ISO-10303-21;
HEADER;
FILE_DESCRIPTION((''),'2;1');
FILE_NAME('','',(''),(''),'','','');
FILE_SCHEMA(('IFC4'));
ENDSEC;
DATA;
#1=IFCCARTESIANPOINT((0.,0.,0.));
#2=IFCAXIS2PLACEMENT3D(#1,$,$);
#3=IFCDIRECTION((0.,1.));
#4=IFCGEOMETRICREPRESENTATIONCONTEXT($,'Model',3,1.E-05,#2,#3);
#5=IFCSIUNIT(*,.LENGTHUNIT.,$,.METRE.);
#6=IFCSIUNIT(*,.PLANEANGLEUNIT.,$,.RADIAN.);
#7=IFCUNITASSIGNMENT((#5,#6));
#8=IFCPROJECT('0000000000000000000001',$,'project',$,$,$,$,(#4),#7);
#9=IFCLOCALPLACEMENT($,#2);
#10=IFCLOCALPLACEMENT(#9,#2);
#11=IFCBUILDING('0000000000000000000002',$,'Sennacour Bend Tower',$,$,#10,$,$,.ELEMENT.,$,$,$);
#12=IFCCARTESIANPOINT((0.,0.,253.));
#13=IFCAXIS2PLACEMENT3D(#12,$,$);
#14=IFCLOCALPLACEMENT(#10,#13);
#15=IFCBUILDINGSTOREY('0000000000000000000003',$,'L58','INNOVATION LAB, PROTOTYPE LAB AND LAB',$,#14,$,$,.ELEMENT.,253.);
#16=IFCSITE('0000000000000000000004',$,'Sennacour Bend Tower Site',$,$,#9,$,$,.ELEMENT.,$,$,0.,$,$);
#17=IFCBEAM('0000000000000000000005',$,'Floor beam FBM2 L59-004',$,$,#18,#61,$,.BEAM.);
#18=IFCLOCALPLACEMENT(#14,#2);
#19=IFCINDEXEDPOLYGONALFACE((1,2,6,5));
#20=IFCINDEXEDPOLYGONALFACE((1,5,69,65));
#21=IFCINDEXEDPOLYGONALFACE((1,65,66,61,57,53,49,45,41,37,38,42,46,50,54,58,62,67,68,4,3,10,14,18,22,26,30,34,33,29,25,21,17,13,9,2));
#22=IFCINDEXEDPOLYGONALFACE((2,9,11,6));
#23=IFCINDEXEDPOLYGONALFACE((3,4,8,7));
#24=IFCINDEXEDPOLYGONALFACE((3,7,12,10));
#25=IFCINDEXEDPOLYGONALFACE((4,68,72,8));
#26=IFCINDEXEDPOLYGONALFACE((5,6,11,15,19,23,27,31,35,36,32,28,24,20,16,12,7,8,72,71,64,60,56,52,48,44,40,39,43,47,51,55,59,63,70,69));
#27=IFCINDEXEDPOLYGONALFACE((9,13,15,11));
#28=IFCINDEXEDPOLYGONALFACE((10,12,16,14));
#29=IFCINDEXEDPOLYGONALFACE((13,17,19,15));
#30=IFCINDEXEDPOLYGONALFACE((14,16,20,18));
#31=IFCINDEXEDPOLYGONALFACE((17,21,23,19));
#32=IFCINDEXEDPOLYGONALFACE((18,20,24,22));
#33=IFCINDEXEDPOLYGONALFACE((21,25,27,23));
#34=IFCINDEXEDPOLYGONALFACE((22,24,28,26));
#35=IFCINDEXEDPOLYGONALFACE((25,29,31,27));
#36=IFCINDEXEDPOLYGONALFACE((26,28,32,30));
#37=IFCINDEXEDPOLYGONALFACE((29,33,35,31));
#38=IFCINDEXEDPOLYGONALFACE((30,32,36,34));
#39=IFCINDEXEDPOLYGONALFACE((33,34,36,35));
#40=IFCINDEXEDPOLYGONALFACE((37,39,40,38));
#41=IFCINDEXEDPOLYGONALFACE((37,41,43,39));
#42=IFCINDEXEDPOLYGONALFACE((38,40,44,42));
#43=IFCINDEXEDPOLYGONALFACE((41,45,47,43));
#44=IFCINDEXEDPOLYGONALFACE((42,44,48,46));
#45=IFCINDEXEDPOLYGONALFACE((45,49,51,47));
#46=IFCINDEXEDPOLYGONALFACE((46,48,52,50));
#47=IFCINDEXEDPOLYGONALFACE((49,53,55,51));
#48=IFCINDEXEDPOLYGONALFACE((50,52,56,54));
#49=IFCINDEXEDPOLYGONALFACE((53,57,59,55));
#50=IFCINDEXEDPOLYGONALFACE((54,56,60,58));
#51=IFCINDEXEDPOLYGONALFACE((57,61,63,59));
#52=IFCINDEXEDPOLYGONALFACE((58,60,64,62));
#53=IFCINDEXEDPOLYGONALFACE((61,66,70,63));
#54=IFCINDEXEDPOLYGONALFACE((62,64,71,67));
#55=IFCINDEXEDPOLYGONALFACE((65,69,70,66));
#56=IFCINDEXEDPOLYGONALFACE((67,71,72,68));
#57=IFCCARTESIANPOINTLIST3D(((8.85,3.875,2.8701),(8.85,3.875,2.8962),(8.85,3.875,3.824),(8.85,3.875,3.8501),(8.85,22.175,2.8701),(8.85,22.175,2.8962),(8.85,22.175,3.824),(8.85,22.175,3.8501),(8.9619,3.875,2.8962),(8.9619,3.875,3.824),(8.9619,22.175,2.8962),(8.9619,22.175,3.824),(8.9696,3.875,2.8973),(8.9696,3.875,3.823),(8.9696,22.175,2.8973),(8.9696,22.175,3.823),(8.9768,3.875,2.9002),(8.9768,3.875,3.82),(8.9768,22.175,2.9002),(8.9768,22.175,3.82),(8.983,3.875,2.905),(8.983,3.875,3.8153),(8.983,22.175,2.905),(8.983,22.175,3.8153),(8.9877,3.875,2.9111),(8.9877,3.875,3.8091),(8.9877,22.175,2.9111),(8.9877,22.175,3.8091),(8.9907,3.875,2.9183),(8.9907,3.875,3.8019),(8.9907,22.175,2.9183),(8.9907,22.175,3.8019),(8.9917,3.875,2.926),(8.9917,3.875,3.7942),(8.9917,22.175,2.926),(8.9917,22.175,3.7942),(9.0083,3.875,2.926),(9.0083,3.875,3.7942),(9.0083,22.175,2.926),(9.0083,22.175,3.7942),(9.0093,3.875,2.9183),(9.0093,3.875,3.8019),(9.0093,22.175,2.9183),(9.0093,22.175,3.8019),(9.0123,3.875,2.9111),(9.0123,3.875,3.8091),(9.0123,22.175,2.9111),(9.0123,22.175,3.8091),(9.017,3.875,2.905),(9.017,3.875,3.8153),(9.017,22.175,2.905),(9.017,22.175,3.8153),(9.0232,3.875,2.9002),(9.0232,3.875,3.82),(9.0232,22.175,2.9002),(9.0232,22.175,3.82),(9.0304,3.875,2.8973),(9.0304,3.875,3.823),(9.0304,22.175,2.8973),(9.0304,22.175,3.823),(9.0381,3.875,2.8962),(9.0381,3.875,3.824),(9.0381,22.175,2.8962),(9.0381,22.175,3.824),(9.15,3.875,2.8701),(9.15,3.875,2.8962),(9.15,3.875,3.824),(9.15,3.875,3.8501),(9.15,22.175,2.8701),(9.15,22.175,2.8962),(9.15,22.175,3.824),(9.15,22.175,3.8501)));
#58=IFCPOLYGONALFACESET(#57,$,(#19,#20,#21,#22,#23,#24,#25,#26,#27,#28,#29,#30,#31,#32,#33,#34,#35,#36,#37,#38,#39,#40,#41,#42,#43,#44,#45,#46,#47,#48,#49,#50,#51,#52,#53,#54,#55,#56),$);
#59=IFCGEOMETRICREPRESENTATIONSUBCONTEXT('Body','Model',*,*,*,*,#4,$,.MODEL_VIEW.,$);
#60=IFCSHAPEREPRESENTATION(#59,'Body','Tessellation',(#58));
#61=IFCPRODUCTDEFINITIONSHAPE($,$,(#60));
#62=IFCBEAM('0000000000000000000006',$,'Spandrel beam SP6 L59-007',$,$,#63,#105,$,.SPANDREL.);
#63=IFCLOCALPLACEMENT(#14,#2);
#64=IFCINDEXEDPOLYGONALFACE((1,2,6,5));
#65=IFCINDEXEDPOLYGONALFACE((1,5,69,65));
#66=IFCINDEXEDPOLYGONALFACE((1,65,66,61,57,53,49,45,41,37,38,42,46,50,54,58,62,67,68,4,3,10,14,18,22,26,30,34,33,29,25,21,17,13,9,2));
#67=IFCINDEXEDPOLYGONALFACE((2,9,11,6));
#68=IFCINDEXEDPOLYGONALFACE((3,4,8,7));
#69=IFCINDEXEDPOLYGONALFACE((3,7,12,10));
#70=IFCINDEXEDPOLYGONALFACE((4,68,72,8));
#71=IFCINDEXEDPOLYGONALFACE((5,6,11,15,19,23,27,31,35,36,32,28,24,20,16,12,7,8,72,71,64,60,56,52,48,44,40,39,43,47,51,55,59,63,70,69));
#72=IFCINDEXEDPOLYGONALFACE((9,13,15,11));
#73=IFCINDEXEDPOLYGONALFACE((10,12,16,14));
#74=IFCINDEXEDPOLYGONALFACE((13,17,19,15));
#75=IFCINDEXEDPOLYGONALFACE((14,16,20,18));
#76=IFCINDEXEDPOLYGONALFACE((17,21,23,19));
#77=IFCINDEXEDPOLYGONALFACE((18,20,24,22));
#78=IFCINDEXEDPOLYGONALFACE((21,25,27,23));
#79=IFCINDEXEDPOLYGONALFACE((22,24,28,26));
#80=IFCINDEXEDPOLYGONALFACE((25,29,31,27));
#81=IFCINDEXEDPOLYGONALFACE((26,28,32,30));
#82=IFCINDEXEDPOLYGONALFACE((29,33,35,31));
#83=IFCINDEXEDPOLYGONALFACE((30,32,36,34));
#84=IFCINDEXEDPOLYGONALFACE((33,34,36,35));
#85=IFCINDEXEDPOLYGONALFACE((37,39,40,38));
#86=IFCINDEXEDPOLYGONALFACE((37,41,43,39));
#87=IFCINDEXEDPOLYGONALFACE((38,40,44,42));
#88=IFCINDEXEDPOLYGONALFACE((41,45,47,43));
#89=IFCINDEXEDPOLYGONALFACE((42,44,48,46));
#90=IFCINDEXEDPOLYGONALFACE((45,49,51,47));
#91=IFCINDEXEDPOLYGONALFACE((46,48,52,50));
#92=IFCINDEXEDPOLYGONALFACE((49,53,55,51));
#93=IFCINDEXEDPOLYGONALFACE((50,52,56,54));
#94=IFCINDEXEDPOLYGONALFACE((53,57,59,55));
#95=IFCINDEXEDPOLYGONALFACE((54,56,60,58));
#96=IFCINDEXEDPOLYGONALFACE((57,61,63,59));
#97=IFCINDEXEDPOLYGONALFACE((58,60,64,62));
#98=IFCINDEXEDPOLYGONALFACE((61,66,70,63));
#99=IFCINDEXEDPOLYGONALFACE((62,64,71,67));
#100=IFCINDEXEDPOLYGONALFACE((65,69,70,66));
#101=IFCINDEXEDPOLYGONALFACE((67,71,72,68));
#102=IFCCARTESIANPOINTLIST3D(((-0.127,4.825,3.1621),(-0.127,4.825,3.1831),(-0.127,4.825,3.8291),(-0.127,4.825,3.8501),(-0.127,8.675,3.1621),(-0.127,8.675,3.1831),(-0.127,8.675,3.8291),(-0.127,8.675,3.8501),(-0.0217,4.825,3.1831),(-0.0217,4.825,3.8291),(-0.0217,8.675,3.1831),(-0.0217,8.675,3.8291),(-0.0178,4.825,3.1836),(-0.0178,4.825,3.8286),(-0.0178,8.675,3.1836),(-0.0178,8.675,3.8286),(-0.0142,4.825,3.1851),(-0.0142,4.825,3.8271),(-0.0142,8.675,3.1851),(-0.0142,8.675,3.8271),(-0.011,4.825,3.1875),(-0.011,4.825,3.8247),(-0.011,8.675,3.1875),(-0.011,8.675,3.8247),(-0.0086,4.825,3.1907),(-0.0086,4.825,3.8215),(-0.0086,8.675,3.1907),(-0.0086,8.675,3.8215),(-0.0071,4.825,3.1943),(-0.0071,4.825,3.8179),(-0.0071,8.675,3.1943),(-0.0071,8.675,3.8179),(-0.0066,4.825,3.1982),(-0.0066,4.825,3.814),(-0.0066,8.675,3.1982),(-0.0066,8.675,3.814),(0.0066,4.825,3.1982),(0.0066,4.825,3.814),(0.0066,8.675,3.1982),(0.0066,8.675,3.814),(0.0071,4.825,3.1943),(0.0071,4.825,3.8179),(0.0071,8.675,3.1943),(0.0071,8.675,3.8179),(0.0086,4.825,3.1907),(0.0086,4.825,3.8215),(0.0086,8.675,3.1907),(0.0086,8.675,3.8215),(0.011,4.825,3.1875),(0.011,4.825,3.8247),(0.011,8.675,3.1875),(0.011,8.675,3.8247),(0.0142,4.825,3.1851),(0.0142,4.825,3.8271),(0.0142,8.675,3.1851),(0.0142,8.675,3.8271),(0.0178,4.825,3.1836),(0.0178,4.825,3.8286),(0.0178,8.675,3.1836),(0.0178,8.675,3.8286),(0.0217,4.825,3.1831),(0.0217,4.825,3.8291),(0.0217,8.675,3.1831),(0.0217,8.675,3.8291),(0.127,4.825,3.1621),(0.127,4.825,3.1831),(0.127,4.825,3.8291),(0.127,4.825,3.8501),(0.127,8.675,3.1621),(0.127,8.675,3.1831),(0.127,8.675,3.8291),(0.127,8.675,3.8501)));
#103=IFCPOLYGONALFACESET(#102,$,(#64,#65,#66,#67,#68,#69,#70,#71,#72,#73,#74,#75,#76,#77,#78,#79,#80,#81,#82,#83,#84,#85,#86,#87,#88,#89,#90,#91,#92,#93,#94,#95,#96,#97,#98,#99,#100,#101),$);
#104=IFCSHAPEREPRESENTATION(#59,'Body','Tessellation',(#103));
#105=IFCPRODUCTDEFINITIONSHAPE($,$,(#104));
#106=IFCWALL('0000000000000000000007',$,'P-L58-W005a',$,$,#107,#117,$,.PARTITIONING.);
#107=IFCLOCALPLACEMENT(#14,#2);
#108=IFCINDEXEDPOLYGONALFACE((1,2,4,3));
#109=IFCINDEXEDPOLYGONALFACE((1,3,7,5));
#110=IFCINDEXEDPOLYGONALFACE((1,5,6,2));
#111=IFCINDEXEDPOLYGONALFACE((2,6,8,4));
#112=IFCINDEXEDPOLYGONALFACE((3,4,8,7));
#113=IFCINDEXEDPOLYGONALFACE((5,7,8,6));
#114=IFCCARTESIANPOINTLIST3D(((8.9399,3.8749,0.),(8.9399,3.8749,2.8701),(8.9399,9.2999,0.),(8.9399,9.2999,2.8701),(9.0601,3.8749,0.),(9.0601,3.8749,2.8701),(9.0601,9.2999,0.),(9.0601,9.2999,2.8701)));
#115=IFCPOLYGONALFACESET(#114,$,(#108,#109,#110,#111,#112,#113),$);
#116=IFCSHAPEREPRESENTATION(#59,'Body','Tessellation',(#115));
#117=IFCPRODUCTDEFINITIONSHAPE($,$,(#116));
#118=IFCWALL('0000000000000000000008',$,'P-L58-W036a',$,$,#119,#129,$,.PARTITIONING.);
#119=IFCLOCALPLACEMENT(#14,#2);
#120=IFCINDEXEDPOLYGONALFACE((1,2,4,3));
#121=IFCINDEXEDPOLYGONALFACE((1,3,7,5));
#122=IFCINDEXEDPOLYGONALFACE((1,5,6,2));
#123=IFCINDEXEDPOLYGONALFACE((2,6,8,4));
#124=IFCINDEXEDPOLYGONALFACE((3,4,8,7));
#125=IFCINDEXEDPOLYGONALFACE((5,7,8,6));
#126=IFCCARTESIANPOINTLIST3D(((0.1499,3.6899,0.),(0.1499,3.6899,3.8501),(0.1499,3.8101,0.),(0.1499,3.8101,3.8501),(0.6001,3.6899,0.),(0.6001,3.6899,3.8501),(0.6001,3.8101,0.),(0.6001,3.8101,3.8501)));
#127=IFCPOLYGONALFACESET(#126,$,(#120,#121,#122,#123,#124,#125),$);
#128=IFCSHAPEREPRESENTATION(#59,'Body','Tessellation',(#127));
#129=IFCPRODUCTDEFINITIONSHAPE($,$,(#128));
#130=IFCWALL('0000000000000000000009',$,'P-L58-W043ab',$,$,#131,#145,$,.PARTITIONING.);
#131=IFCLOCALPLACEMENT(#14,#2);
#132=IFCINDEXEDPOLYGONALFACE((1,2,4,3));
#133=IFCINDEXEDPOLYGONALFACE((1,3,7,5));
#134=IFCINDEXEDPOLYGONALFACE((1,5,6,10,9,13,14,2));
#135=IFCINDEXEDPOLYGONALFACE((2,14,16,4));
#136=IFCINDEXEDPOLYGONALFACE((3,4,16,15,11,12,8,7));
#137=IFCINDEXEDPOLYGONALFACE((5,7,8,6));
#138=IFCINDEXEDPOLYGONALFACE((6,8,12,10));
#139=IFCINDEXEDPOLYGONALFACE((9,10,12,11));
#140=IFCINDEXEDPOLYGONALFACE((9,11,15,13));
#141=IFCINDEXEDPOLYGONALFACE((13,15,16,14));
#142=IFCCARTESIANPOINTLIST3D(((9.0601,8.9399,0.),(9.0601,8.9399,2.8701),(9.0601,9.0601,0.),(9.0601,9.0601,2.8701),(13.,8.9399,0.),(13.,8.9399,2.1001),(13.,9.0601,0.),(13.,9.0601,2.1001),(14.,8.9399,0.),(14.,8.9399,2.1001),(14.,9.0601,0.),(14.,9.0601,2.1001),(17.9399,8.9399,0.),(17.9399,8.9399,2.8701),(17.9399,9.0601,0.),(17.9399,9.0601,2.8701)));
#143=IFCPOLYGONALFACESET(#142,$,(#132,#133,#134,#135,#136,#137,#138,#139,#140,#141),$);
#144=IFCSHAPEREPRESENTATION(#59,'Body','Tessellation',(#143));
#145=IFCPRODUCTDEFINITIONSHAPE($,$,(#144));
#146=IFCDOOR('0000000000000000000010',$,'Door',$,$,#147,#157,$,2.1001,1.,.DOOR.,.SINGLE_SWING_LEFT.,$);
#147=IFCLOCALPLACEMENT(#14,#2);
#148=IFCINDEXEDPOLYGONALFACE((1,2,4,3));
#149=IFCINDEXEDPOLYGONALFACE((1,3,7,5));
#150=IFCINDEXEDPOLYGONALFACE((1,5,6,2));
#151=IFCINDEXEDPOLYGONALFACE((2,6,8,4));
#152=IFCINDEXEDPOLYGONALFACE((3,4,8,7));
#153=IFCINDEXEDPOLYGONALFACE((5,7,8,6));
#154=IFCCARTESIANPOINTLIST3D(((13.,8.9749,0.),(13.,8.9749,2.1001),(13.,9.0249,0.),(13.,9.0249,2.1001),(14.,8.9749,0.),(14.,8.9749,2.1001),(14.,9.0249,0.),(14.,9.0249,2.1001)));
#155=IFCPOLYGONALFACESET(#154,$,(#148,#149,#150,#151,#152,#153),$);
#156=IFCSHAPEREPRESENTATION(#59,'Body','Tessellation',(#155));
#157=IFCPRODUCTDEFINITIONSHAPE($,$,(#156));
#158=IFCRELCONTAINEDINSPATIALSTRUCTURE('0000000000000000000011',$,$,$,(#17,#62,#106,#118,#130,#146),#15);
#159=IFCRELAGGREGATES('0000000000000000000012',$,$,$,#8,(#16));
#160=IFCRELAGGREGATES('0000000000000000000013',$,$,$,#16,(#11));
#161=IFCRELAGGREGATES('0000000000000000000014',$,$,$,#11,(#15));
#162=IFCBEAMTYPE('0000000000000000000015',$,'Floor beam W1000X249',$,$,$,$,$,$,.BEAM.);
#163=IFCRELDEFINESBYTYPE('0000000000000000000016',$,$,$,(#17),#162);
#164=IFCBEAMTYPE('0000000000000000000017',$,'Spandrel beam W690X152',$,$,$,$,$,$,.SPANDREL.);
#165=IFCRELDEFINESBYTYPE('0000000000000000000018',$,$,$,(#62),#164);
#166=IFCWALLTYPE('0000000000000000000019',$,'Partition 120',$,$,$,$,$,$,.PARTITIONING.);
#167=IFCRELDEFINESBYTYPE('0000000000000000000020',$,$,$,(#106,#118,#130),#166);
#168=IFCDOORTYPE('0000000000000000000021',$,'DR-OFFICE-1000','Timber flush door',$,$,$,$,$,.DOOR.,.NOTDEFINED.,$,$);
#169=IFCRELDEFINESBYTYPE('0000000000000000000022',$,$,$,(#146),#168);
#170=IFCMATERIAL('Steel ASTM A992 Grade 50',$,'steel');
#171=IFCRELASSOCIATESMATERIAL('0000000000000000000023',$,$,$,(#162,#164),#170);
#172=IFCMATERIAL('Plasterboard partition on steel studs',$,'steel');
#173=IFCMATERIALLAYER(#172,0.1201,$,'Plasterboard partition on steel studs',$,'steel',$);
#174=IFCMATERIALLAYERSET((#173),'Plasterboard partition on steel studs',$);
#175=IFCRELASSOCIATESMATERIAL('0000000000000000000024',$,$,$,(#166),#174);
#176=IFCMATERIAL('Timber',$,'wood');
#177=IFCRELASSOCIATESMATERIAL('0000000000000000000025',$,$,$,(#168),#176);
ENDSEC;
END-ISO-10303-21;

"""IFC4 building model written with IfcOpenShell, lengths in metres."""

from ifc_helpers import new_model, si_unit, direction, frame, frame_2d, origin, origin_2d, place, context, subcontext, project, spatial, rectangle, i_section, extrude, material, layer, layer_set, material_profile, profile_set, type_object, element, fill, save


model = new_model("IFC4")

# Units and contexts
model_context = context("Model", 3, precision=1e-05, world=origin(), true_north=direction((0.0, 1.0)))
body_context = subcontext(model_context, "Body", "Model", "MODEL_VIEW")
ifc_project = project(units=[si_unit("LENGTHUNIT", "METRE"), si_unit("PLANEANGLEUNIT", "RADIAN")], contexts=[model_context])

# Site, building, storey
site_placement = place(None, origin())
site = spatial("IfcSite", under=ifc_project, at=site_placement, Name="Sennacour Bend Tower Site", CompositionType="ELEMENT", RefElevation=0.0)
building_placement = place(site_placement, origin())
building = spatial("IfcBuilding", under=site, at=building_placement, Name="Sennacour Bend Tower", CompositionType="ELEMENT")
storey_placement = place(building_placement, frame((0.0, 0.0, 253.0)))
storey = spatial("IfcBuildingStorey", under=building, at=storey_placement, Name="L58", Description="INNOVATION LAB, PROTOTYPE LAB AND LAB", CompositionType="ELEMENT", Elevation=253.0)

# Beams
ifc_material_1 = material(Name="Steel ASTM A992 Grade 50", Category="steel")
ifc_material_profile_1 = material_profile(ifc_material_1, i_section(OverallWidth=0.3, OverallDepth=0.98, WebThickness=0.0166, FlangeThickness=0.0261, FilletRadius=0.0298, at=origin_2d()), Name="Steel ASTM A992 Grade 50", Category="steel")
ifc_profile_set_1 = profile_set([ifc_material_profile_1], Name="Steel ASTM A992 Grade 50")
beam_type_1 = type_object("IfcBeamType", Name="Floor beam W1000X249", PredefinedType="BEAM", material=ifc_profile_set_1)
beam_1_placement = place(storey_placement, frame((9.0, 3.875, 3.3601), z_axis=(0.0, 1.0, 0.0), x_axis=(-1.0, 0.0, 0.0)))
element("IfcBeam", 1, at=beam_1_placement, inside=storey, type_object=beam_type_1, Name="Floor beam FBM2 L59-004", PredefinedType="BEAM", context=body_context, shape_type="SweptSolid", body=[
    extrude(i_section(OverallWidth=0.3, OverallDepth=0.98, WebThickness=0.0166, FlangeThickness=0.0261, FilletRadius=0.0298, at=origin_2d()), origin(), (0.0, 0.0, 1.0), 18.3),
])
ifc_material_profile_2 = material_profile(ifc_material_1, i_section(OverallWidth=0.2539, OverallDepth=0.688, WebThickness=0.0132, FlangeThickness=0.021, FilletRadius=0.0151, at=origin_2d()), Name="Steel ASTM A992 Grade 50", Category="steel")
ifc_profile_set_2 = profile_set([ifc_material_profile_2], Name="Steel ASTM A992 Grade 50")
beam_type_2 = type_object("IfcBeamType", Name="Spandrel beam W690X152", PredefinedType="SPANDREL", material=ifc_profile_set_2)
beam_2_placement = place(storey_placement, frame((0.0, 4.825, 3.5061), z_axis=(0.0, 1.0, 0.0), x_axis=(-1.0, 0.0, 0.0)))
element("IfcBeam", 2, at=beam_2_placement, inside=storey, type_object=beam_type_2, Name="Spandrel beam SP6 L59-007", PredefinedType="SPANDREL", context=body_context, shape_type="SweptSolid", body=[
    extrude(i_section(OverallWidth=0.2539, OverallDepth=0.688, WebThickness=0.0132, FlangeThickness=0.021, FilletRadius=0.0151, at=origin_2d()), origin(), (0.0, 0.0, 1.0), 3.8501),
])

# Walls
ifc_material_2 = material(Name="Plasterboard partition on steel studs", Category="steel")
ifc_layer_1 = layer(ifc_material_2, 0.1201, Name="Plasterboard partition on steel studs", Category="steel")
ifc_layer_set_1 = layer_set([ifc_layer_1], Name="Plasterboard partition on steel studs")
wall_type_1 = type_object("IfcWallType", Name="Partition 120", PredefinedType="PARTITIONING", material=ifc_layer_set_1)
wall_1_placement = place(storey_placement, frame((9.0, 3.875, 0.0), z_axis=(0.0, 0.0, 1.0), x_axis=(0.0, 1.0, 0.0)))
element("IfcWall", 3, at=wall_1_placement, inside=storey, type_object=wall_type_1, Name="P-L58-W005a", PredefinedType="PARTITIONING", context=body_context, shape_type="SweptSolid", body=[
    extrude(rectangle(XDim=5.425, YDim=0.1201, at=frame_2d((2.7124, 0.0))), origin(), (0.0, 0.0, 1.0), 2.8701),
])
wall_2_placement = place(storey_placement, frame((0.1499, 3.75, 0.0), z_axis=(0.0, 0.0, 1.0), x_axis=(1.0, 0.0, 0.0)))
element("IfcWall", 4, at=wall_2_placement, inside=storey, type_object=wall_type_1, Name="P-L58-W036a", PredefinedType="PARTITIONING", context=body_context, shape_type="SweptSolid", body=[
    extrude(rectangle(XDim=0.4502, YDim=0.1201, at=frame_2d((0.2251, 0.0))), origin(), (0.0, 0.0, 1.0), 3.8501),
])

# Wall, opening, door
wall_3_placement = place(storey_placement, frame((9.0601, 9.0, 0.0), z_axis=(0.0, 0.0, 1.0), x_axis=(1.0, 0.0, 0.0)))
wall_3 = element("IfcWall", 5, at=wall_3_placement, inside=storey, type_object=wall_type_1, Name="P-L58-W043ab", PredefinedType="PARTITIONING", context=body_context, shape_type="SweptSolid", body=[
    extrude(rectangle(XDim=8.8799, YDim=0.1201, at=frame_2d((4.4399, 0.0))), origin(), (0.0, 0.0, 1.0), 2.8701),
])
opening_1_placement = place(wall_3_placement, frame((3.9399, 0.0, 0.0)))
opening_1 = element("IfcOpeningElement", 6, at=opening_1_placement, cuts=wall_3, PredefinedType="OPENING", context=body_context, shape_type="SweptSolid", body=[
    extrude(rectangle(XDim=1.0, YDim=2.1001, at=frame_2d((0.5, 1.05))), frame((0.0, 0.0701, 0.0), z_axis=(0.0, -1.0, 0.0), x_axis=(1.0, 0.0, 0.0)), (0.0, 0.0, 1.0), 0.1401),
])
ifc_material_3 = material(Name="Timber", Category="wood")
door_type_1 = type_object("IfcDoorType", Name="DR-OFFICE-1000", Description="Timber flush door", OperationType="NOTDEFINED", PredefinedType="DOOR", material=ifc_material_3)
door_1_placement = place(opening_1_placement, origin())
door_1 = element("IfcDoor", 7, at=door_1_placement, inside=storey, type_object=door_type_1, Name="Door", OperationType="SINGLE_SWING_LEFT", OverallHeight=2.1001, OverallWidth=1.0, PredefinedType="DOOR", context=body_context, shape_type="SweptSolid", body=[
    extrude(rectangle(XDim=1.0, YDim=2.1001, at=frame_2d((0.5, 1.05))), frame((0.0, 0.0249, 0.0), z_axis=(0.0, -1.0, 0.0), x_axis=(1.0, 0.0, 0.0)), (0.0, 0.0, 1.0), 0.05),
])
fill(opening_1, door_1)

save(model, "model.ifc")
